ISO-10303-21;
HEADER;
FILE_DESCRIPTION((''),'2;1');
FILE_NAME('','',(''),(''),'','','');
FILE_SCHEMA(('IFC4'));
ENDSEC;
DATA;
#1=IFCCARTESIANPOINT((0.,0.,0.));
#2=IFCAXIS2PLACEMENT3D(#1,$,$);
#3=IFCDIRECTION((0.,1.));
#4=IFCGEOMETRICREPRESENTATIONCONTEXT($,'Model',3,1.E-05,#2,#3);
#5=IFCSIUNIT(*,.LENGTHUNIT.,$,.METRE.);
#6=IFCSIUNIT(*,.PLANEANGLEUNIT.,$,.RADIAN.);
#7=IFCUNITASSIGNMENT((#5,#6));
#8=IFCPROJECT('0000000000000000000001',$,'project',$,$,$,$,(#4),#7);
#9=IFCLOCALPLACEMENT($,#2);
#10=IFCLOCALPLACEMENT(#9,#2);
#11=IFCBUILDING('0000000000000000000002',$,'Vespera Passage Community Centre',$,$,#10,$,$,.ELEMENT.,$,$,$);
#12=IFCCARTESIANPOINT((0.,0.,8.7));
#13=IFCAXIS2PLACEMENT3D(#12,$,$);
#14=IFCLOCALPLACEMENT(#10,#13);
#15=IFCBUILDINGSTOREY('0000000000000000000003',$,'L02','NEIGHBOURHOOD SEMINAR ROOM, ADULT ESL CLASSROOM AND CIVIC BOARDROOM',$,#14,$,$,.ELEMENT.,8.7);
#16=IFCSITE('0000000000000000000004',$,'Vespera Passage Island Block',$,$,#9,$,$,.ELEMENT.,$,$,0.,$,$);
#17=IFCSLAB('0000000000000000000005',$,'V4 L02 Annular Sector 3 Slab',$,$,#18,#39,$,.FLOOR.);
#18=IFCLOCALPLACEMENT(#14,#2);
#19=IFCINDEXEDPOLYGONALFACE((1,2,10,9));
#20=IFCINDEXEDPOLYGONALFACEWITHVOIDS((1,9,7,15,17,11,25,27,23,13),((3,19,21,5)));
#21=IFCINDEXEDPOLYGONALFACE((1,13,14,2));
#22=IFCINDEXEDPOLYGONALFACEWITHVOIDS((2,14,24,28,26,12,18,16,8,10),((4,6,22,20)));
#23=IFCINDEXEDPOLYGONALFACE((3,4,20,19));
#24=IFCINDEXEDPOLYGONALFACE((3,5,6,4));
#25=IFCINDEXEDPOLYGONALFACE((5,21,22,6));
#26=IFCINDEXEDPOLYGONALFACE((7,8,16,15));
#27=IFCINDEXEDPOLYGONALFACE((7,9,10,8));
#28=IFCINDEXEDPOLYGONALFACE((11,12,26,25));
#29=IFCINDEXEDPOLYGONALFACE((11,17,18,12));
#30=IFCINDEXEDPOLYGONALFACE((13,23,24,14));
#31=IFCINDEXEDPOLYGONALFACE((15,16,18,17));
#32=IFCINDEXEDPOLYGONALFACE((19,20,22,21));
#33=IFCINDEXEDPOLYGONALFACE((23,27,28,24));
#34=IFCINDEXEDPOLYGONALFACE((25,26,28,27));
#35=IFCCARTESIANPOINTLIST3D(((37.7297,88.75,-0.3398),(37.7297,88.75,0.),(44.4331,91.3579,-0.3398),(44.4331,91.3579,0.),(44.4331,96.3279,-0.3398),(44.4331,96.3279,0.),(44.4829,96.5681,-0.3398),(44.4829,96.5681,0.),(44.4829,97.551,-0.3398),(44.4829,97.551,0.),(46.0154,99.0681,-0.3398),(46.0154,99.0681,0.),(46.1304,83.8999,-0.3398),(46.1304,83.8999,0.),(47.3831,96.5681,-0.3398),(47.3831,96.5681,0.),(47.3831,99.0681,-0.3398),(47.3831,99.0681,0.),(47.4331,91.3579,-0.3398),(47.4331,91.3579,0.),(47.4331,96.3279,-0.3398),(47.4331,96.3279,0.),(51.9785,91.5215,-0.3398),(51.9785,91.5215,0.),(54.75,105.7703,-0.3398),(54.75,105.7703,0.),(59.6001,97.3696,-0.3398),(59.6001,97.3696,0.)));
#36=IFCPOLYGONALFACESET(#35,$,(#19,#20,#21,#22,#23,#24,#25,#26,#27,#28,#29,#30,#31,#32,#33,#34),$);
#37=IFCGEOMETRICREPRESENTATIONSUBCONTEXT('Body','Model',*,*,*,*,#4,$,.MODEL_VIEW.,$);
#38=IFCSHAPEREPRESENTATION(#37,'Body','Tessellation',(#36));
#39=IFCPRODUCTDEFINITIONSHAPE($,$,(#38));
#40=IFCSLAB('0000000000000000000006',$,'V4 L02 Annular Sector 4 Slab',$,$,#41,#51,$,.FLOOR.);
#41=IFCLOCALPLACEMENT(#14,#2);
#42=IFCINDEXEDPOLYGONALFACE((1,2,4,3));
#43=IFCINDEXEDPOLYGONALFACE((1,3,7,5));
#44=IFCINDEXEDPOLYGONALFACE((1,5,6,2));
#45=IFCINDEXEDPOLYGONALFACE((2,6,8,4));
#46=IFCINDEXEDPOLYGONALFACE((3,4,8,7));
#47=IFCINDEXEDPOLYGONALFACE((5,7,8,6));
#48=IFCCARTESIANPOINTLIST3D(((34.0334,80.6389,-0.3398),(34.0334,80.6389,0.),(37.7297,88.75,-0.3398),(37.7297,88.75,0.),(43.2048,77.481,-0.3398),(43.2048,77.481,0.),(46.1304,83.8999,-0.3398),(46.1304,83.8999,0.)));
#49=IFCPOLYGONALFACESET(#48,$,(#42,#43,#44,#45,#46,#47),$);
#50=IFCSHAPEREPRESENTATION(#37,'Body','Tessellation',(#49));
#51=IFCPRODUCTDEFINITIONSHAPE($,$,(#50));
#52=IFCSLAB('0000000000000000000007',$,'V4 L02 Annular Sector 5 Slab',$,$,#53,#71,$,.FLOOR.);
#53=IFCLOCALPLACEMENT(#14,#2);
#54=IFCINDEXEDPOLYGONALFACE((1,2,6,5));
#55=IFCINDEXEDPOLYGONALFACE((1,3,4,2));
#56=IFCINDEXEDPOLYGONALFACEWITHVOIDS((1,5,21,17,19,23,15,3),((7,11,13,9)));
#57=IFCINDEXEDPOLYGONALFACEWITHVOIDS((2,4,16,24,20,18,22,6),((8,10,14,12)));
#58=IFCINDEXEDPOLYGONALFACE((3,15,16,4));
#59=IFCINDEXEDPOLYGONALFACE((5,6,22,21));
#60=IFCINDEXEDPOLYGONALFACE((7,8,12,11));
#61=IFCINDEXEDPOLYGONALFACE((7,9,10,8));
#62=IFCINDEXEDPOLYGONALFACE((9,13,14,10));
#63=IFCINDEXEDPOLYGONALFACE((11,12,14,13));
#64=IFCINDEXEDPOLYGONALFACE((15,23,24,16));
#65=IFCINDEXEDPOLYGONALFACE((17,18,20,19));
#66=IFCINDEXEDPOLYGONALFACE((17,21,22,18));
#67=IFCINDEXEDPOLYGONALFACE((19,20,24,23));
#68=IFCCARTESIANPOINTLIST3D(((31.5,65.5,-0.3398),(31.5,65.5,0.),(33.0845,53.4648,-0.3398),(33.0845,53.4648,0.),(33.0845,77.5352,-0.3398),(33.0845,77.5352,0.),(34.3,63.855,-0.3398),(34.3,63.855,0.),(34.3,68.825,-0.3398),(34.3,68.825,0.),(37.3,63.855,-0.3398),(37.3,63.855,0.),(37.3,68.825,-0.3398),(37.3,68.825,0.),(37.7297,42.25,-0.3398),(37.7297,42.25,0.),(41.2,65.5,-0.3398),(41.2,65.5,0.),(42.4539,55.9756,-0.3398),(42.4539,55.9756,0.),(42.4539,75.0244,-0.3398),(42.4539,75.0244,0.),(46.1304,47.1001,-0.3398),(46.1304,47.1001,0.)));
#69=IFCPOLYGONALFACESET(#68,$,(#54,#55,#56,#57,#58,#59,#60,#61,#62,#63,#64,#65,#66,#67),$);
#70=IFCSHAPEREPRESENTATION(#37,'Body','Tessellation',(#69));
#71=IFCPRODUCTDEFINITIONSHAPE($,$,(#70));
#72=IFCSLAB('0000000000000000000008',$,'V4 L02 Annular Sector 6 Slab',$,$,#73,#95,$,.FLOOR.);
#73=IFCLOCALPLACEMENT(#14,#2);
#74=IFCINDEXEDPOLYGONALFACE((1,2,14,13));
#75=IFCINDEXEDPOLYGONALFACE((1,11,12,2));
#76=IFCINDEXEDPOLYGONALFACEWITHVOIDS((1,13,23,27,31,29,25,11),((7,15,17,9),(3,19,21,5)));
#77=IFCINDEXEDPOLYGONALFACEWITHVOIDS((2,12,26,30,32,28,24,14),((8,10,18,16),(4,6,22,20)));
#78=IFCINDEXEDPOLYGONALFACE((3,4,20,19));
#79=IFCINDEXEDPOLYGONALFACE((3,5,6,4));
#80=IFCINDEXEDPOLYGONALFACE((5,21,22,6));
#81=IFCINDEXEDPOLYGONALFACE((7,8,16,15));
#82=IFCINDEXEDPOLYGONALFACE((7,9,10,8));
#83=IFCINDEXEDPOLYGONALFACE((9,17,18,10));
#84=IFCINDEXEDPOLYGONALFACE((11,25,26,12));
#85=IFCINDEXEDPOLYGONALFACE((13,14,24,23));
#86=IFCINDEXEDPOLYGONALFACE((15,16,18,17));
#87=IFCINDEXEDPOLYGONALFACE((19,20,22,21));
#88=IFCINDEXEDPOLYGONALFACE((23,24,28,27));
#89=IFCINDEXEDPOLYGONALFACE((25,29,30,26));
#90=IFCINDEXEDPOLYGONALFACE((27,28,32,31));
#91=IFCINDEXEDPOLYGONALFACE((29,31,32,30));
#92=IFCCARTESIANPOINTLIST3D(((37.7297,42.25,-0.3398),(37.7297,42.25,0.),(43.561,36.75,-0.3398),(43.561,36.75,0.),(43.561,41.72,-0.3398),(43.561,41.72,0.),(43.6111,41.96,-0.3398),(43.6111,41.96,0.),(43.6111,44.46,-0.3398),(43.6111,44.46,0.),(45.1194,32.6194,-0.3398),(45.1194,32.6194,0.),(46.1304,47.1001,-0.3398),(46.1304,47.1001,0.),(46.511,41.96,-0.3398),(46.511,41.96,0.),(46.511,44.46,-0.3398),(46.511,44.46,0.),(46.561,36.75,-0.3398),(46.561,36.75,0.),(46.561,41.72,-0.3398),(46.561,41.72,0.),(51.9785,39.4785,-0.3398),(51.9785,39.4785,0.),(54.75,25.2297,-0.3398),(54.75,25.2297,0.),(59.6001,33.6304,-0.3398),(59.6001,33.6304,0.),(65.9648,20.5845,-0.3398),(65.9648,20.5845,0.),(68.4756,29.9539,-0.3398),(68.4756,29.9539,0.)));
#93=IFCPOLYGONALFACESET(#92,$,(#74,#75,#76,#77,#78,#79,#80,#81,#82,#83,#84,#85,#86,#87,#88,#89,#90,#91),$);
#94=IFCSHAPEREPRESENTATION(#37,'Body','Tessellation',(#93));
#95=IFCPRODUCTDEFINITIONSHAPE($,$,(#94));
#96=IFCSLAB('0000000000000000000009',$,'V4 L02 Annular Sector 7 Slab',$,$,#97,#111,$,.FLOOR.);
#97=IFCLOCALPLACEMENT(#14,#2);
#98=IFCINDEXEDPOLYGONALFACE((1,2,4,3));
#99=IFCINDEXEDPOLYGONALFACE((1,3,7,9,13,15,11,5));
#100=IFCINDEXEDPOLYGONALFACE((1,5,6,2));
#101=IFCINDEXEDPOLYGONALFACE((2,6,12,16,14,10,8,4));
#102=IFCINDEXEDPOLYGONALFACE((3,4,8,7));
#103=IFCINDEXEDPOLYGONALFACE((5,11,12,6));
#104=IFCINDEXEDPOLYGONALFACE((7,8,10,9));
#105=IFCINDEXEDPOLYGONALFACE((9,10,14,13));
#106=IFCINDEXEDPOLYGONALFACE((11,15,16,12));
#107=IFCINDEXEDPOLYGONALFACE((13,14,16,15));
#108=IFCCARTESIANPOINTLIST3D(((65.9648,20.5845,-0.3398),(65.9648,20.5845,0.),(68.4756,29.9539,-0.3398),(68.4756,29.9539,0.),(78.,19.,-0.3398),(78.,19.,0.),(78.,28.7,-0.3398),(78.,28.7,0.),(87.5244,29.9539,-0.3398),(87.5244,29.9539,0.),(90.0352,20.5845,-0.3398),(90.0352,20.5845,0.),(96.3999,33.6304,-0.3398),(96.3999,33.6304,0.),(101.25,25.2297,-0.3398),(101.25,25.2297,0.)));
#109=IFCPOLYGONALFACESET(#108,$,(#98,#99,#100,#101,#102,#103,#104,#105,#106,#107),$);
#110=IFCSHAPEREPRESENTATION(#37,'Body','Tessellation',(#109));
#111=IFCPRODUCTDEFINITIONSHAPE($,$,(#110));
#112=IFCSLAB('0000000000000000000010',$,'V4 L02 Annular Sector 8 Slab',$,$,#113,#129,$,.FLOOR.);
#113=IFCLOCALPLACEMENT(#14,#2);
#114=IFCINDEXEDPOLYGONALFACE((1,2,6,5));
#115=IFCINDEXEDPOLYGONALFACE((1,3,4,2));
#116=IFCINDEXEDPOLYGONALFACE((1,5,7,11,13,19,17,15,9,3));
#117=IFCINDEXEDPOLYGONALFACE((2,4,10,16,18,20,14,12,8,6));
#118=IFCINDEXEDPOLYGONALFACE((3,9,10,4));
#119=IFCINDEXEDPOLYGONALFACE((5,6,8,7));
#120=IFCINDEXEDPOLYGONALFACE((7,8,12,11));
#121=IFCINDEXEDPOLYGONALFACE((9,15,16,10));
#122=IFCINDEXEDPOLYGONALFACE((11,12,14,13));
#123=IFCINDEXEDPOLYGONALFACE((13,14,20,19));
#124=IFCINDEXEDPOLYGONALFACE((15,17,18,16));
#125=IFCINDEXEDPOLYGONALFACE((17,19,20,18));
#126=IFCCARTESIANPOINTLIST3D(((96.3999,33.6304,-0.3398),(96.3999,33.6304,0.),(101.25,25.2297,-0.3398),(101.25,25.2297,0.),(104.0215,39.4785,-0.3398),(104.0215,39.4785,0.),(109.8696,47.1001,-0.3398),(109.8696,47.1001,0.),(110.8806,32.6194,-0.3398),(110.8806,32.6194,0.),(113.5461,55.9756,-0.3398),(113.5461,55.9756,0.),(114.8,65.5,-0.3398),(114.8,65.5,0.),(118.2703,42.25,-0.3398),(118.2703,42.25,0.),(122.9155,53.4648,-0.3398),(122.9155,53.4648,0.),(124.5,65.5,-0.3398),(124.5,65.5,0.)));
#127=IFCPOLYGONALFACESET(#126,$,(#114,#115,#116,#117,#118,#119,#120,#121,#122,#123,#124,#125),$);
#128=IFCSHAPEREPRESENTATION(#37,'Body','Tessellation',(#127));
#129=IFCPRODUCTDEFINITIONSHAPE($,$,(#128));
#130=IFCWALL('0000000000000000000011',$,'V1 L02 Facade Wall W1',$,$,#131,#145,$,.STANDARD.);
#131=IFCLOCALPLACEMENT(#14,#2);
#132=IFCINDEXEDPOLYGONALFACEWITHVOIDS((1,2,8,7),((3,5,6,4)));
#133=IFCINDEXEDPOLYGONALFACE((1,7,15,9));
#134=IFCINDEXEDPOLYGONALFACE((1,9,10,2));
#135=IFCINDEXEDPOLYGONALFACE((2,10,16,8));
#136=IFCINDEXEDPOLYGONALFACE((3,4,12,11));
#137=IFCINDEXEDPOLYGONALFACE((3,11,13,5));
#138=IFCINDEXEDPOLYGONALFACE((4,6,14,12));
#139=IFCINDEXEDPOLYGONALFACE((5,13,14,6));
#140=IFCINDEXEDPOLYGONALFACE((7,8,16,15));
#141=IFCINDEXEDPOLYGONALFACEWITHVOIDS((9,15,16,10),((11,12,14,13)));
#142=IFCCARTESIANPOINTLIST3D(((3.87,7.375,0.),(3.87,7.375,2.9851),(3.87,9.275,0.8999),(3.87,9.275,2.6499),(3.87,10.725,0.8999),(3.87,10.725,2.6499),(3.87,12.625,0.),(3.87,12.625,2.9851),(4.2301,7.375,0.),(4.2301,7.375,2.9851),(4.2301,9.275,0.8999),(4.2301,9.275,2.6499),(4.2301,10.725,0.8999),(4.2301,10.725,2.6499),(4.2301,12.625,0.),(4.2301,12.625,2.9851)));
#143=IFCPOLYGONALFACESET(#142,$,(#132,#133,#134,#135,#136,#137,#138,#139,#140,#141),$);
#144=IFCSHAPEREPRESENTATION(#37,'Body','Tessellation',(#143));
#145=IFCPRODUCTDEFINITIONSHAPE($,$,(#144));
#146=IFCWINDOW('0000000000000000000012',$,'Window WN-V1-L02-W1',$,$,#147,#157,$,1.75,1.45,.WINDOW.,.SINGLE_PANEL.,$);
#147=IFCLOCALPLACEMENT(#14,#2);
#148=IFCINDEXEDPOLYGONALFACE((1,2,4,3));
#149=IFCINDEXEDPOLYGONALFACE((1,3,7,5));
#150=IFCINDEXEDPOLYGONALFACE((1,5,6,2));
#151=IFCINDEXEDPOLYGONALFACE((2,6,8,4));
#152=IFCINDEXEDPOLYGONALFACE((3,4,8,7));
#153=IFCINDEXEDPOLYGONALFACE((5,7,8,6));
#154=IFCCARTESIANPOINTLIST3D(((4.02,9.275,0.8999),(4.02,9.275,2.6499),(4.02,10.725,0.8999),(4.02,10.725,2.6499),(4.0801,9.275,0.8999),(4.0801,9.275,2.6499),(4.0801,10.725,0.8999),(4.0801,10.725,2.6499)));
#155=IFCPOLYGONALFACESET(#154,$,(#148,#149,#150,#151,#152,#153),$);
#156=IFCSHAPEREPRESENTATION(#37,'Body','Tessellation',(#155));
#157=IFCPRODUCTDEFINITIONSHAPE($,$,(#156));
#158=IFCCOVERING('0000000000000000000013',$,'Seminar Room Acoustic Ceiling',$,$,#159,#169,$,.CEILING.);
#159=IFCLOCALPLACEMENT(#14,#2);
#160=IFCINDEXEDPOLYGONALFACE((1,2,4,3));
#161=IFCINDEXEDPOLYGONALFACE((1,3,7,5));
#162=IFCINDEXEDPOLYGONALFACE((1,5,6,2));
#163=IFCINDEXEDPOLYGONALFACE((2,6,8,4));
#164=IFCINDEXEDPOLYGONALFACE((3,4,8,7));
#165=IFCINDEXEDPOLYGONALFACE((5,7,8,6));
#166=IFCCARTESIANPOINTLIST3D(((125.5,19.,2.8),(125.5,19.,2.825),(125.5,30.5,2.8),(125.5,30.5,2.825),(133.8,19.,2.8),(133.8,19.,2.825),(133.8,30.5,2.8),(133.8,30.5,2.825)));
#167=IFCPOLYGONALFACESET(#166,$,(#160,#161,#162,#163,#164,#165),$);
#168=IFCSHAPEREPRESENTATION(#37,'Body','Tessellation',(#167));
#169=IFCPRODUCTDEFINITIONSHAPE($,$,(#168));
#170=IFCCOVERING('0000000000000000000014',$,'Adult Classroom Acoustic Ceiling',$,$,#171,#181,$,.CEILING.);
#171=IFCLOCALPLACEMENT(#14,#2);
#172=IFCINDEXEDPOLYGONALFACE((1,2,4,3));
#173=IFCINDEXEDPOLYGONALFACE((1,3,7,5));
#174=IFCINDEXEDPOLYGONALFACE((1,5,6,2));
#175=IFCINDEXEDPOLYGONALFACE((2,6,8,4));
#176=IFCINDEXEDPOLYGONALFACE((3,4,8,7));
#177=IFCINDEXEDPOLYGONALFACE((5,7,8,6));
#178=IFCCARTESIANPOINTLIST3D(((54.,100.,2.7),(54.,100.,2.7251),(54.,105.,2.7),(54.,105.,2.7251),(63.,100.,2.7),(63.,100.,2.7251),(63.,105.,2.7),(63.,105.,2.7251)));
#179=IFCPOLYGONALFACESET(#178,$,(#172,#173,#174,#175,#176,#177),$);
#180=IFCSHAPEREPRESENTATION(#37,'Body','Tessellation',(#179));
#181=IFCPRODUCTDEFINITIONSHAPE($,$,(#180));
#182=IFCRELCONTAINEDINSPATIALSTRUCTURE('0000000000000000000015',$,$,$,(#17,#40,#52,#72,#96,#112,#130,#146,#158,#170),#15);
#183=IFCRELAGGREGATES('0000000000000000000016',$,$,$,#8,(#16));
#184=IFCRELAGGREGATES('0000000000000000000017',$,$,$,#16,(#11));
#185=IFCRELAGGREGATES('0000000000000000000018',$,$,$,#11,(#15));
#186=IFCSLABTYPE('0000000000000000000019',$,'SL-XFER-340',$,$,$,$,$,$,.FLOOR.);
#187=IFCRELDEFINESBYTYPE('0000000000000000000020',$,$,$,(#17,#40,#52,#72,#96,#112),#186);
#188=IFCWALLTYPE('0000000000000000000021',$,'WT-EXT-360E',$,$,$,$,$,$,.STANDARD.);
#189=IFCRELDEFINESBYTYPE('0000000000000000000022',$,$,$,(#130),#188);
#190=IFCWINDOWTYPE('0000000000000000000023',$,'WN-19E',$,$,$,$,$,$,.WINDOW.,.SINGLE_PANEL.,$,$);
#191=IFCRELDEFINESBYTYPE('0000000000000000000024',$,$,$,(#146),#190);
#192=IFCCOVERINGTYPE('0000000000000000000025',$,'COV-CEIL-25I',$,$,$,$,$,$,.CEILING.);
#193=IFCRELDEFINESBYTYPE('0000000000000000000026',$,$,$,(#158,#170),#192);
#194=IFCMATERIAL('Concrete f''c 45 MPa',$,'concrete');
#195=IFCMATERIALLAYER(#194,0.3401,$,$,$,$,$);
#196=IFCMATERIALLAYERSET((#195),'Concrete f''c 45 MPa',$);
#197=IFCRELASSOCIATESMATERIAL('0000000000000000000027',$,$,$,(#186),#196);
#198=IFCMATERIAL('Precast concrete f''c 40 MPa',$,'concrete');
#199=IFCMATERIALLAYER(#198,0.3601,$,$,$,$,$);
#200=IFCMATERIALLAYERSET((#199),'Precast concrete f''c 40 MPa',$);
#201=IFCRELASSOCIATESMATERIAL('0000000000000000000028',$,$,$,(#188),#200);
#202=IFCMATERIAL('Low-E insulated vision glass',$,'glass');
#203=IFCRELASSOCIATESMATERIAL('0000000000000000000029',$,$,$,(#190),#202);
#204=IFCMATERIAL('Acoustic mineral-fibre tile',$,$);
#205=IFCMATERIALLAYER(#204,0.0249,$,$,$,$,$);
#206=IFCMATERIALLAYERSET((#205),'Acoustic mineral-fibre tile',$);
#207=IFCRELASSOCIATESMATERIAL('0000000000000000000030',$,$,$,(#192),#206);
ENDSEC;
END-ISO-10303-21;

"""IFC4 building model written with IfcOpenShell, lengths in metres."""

from ifc_helpers import new_model, si_unit, direction, frame, frame_2d, origin, place, context, subcontext, project, spatial, polyline, rectangle, outline, extrude, material, layer, layer_set, type_object, element, fill, save


model = new_model("IFC4")

# Units and contexts
model_context = context("Model", 3, precision=1e-05, world=origin(), true_north=direction((0.0, 1.0)))
body_context = subcontext(model_context, "Body", "Model", "MODEL_VIEW")
ifc_project = project(units=[si_unit("LENGTHUNIT", "METRE"), si_unit("PLANEANGLEUNIT", "RADIAN")], contexts=[model_context])

# Site, building, storey
site_placement = place(None, origin())
site = spatial("IfcSite", under=ifc_project, at=site_placement, Name="Vespera Passage Island Block", CompositionType="ELEMENT", RefElevation=0.0)
building_placement = place(site_placement, origin())
building = spatial("IfcBuilding", under=site, at=building_placement, Name="Vespera Passage Community Centre", CompositionType="ELEMENT")
storey_placement = place(building_placement, frame((0.0, 0.0, 8.7)))
storey = spatial("IfcBuildingStorey", under=building, at=storey_placement, Name="L02", Description="NEIGHBOURHOOD SEMINAR ROOM, ADULT ESL CLASSROOM AND CIVIC BOARDROOM", CompositionType="ELEMENT", Elevation=8.7)

# Slabs
ifc_material_1 = material(Name="Concrete f'c 45 MPa", Category="concrete")
ifc_layer_1 = layer(ifc_material_1, 0.3401)
ifc_layer_set_1 = layer_set([ifc_layer_1], Name="Concrete f'c 45 MPa")
slab_type_1 = type_object("IfcSlabType", Name="SL-XFER-340", PredefinedType="FLOOR", material=ifc_layer_set_1)
slab_1_placement = place(storey_placement, frame((0.0, 0.0, -0.3398)))
element("IfcSlab", 1, at=slab_1_placement, inside=storey, type_object=slab_type_1, Name="V4 L02 Annular Sector 3 Slab", PredefinedType="FLOOR", context=body_context, shape_type="SweptSolid", body=[
    extrude(outline(polyline([(51.9785, 91.5215), (46.1304, 83.8999), (37.7297, 88.75), (44.4829, 97.551), (44.4829, 96.5681), (47.3831, 96.5681), (47.3831, 99.0681), (46.0154, 99.0681), (54.75, 105.7703), (59.6001, 97.3696), (51.9785, 91.5215)]), holes=[polyline([(44.4331, 96.3279), (44.4331, 91.3579), (47.4331, 91.3579), (47.4331, 96.3279), (44.4331, 96.3279)])]), origin(), (0.0, 0.0, 1.0), 0.3398),
])
slab_2_placement = place(storey_placement, frame((0.0, 0.0, -0.3398)))
element("IfcSlab", 2, at=slab_2_placement, inside=storey, type_object=slab_type_1, Name="V4 L02 Annular Sector 4 Slab", PredefinedType="FLOOR", context=body_context, shape_type="SweptSolid", body=[
    extrude(outline(polyline([(37.7297, 88.75), (34.0334, 80.6389), (43.2048, 77.481), (46.1304, 83.8999), (37.7297, 88.75)])), origin(), (0.0, 0.0, 1.0), 0.3398),
])
slab_3_placement = place(storey_placement, frame((0.0, 0.0, -0.3398)))
element("IfcSlab", 3, at=slab_3_placement, inside=storey, type_object=slab_type_1, Name="V4 L02 Annular Sector 5 Slab", PredefinedType="FLOOR", context=body_context, shape_type="SweptSolid", body=[
    extrude(outline(polyline([(42.4539, 75.0244), (41.2, 65.5), (42.4539, 55.9756), (46.1304, 47.1001), (37.7297, 42.25), (33.0845, 53.4648), (31.5, 65.5), (33.0845, 77.5352), (42.4539, 75.0244)]), holes=[polyline([(37.3, 68.825), (34.3, 68.825), (34.3, 63.855), (37.3, 63.855), (37.3, 68.825)])]), origin(), (0.0, 0.0, 1.0), 0.3398),
])
slab_4_placement = place(storey_placement, frame((0.0, 0.0, -0.3398)))
element("IfcSlab", 4, at=slab_4_placement, inside=storey, type_object=slab_type_1, Name="V4 L02 Annular Sector 6 Slab", PredefinedType="FLOOR", context=body_context, shape_type="SweptSolid", body=[
    extrude(outline(polyline([(51.9785, 39.4785), (59.6001, 33.6304), (68.4756, 29.9539), (65.9648, 20.5845), (54.75, 25.2297), (45.1194, 32.6194), (37.7297, 42.25), (46.1304, 47.1001), (51.9785, 39.4785)]), holes=[polyline([(43.561, 41.72), (43.561, 36.75), (46.561, 36.75), (46.561, 41.72), (43.561, 41.72)]), polyline([(46.511, 44.46), (43.6111, 44.46), (43.6111, 41.96), (46.511, 41.96), (46.511, 44.46)])]), origin(), (0.0, 0.0, 1.0), 0.3398),
])
slab_5_placement = place(storey_placement, frame((0.0, 0.0, -0.3398)))
element("IfcSlab", 5, at=slab_5_placement, inside=storey, type_object=slab_type_1, Name="V4 L02 Annular Sector 7 Slab", PredefinedType="FLOOR", context=body_context, shape_type="SweptSolid", body=[
    extrude(outline(polyline([(65.9648, 20.5845), (78.0, 19.0), (90.0352, 20.5845), (101.25, 25.2297), (96.3999, 33.6304), (87.5244, 29.9539), (78.0, 28.7), (68.4756, 29.9539), (65.9648, 20.5845)])), origin(), (0.0, 0.0, 1.0), 0.3398),
])
slab_6_placement = place(storey_placement, frame((0.0, 0.0, -0.3398)))
element("IfcSlab", 6, at=slab_6_placement, inside=storey, type_object=slab_type_1, Name="V4 L02 Annular Sector 8 Slab", PredefinedType="FLOOR", context=body_context, shape_type="SweptSolid", body=[
    extrude(outline(polyline([(101.25, 25.2297), (110.8806, 32.6194), (118.2703, 42.25), (122.9155, 53.4648), (124.5, 65.5), (114.8, 65.5), (113.5461, 55.9756), (109.8696, 47.1001), (104.0215, 39.4785), (96.3999, 33.6304), (101.25, 25.2297)])), origin(), (0.0, 0.0, 1.0), 0.3398),
])

# Wall, opening, window
ifc_material_2 = material(Name="Precast concrete f'c 40 MPa", Category="concrete")
ifc_layer_2 = layer(ifc_material_2, 0.3601)
ifc_layer_set_2 = layer_set([ifc_layer_2], Name="Precast concrete f'c 40 MPa")
wall_type = type_object("IfcWallType", Name="WT-EXT-360E", PredefinedType="STANDARD", material=ifc_layer_set_2)
wall_placement = place(storey_placement, frame((4.05, 7.375, 0.0), z_axis=(0.0, 0.0, 1.0), x_axis=(0.0, 1.0, 0.0)))
wall = element("IfcWall", 7, at=wall_placement, inside=storey, type_object=wall_type, Name="V1 L02 Facade Wall W1", PredefinedType="STANDARD", context=body_context, shape_type="SweptSolid", body=[
    extrude(rectangle(XDim=5.25, YDim=0.3601, at=frame_2d((2.625, 0.0))), origin(), (0.0, 0.0, 1.0), 2.9851),
])
opening_placement = place(wall_placement, frame((1.8999, 0.0, 0.8999)))
opening = element("IfcOpeningElement", 8, at=opening_placement, cuts=wall, PredefinedType="OPENING", context=body_context, shape_type="SweptSolid", body=[
    extrude(rectangle(XDim=1.45, YDim=1.75, at=frame_2d((0.7251, 0.875))), frame((0.0, 0.1902, 0.0), z_axis=(0.0, -1.0, 0.0), x_axis=(1.0, 0.0, 0.0)), (0.0, 0.0, 1.0), 0.3801),
])
ifc_material_3 = material(Name="Low-E insulated vision glass", Category="glass")
window_type = type_object("IfcWindowType", Name="WN-19E", PartitioningType="SINGLE_PANEL", PredefinedType="WINDOW", material=ifc_material_3)
window_placement = place(opening_placement, origin())
window = element("IfcWindow", 9, at=window_placement, inside=storey, type_object=window_type, Name="Window WN-V1-L02-W1", OverallHeight=1.75, OverallWidth=1.45, PartitioningType="SINGLE_PANEL", PredefinedType="WINDOW", context=body_context, shape_type="SweptSolid", body=[
    extrude(rectangle(XDim=1.45, YDim=1.75, at=frame_2d((0.7251, 0.875))), frame((0.0, 0.03, 0.0), z_axis=(0.0, -1.0, 0.0), x_axis=(1.0, 0.0, 0.0)), (0.0, 0.0, 1.0), 0.0601),
])
fill(opening, window)

# Coverings
ifc_material_4 = material(Name="Acoustic mineral-fibre tile")
ifc_layer_3 = layer(ifc_material_4, 0.0249)
ifc_layer_set_3 = layer_set([ifc_layer_3], Name="Acoustic mineral-fibre tile")
covering_type_1 = type_object("IfcCoveringType", Name="COV-CEIL-25I", PredefinedType="CEILING", material=ifc_layer_set_3)
covering_1_placement = place(storey_placement, frame((0.0, 0.0, 2.8)))
element("IfcCovering", 10, at=covering_1_placement, inside=storey, type_object=covering_type_1, Name="Seminar Room Acoustic Ceiling", PredefinedType="CEILING", context=body_context, shape_type="SweptSolid", body=[
    extrude(outline(polyline([(125.5, 19.0), (133.8, 19.0), (133.8, 30.5), (125.5, 30.5), (125.5, 19.0)])), origin(), (0.0, 0.0, 1.0), 0.0249),
])
covering_2_placement = place(storey_placement, frame((0.0, 0.0, 2.7)))
element("IfcCovering", 11, at=covering_2_placement, inside=storey, type_object=covering_type_1, Name="Adult Classroom Acoustic Ceiling", PredefinedType="CEILING", context=body_context, shape_type="SweptSolid", body=[
    extrude(outline(polyline([(54.0, 100.0), (63.0, 100.0), (63.0, 105.0), (54.0, 105.0), (54.0, 100.0)])), origin(), (0.0, 0.0, 1.0), 0.0251),
])

save(model, "model.ifc")
